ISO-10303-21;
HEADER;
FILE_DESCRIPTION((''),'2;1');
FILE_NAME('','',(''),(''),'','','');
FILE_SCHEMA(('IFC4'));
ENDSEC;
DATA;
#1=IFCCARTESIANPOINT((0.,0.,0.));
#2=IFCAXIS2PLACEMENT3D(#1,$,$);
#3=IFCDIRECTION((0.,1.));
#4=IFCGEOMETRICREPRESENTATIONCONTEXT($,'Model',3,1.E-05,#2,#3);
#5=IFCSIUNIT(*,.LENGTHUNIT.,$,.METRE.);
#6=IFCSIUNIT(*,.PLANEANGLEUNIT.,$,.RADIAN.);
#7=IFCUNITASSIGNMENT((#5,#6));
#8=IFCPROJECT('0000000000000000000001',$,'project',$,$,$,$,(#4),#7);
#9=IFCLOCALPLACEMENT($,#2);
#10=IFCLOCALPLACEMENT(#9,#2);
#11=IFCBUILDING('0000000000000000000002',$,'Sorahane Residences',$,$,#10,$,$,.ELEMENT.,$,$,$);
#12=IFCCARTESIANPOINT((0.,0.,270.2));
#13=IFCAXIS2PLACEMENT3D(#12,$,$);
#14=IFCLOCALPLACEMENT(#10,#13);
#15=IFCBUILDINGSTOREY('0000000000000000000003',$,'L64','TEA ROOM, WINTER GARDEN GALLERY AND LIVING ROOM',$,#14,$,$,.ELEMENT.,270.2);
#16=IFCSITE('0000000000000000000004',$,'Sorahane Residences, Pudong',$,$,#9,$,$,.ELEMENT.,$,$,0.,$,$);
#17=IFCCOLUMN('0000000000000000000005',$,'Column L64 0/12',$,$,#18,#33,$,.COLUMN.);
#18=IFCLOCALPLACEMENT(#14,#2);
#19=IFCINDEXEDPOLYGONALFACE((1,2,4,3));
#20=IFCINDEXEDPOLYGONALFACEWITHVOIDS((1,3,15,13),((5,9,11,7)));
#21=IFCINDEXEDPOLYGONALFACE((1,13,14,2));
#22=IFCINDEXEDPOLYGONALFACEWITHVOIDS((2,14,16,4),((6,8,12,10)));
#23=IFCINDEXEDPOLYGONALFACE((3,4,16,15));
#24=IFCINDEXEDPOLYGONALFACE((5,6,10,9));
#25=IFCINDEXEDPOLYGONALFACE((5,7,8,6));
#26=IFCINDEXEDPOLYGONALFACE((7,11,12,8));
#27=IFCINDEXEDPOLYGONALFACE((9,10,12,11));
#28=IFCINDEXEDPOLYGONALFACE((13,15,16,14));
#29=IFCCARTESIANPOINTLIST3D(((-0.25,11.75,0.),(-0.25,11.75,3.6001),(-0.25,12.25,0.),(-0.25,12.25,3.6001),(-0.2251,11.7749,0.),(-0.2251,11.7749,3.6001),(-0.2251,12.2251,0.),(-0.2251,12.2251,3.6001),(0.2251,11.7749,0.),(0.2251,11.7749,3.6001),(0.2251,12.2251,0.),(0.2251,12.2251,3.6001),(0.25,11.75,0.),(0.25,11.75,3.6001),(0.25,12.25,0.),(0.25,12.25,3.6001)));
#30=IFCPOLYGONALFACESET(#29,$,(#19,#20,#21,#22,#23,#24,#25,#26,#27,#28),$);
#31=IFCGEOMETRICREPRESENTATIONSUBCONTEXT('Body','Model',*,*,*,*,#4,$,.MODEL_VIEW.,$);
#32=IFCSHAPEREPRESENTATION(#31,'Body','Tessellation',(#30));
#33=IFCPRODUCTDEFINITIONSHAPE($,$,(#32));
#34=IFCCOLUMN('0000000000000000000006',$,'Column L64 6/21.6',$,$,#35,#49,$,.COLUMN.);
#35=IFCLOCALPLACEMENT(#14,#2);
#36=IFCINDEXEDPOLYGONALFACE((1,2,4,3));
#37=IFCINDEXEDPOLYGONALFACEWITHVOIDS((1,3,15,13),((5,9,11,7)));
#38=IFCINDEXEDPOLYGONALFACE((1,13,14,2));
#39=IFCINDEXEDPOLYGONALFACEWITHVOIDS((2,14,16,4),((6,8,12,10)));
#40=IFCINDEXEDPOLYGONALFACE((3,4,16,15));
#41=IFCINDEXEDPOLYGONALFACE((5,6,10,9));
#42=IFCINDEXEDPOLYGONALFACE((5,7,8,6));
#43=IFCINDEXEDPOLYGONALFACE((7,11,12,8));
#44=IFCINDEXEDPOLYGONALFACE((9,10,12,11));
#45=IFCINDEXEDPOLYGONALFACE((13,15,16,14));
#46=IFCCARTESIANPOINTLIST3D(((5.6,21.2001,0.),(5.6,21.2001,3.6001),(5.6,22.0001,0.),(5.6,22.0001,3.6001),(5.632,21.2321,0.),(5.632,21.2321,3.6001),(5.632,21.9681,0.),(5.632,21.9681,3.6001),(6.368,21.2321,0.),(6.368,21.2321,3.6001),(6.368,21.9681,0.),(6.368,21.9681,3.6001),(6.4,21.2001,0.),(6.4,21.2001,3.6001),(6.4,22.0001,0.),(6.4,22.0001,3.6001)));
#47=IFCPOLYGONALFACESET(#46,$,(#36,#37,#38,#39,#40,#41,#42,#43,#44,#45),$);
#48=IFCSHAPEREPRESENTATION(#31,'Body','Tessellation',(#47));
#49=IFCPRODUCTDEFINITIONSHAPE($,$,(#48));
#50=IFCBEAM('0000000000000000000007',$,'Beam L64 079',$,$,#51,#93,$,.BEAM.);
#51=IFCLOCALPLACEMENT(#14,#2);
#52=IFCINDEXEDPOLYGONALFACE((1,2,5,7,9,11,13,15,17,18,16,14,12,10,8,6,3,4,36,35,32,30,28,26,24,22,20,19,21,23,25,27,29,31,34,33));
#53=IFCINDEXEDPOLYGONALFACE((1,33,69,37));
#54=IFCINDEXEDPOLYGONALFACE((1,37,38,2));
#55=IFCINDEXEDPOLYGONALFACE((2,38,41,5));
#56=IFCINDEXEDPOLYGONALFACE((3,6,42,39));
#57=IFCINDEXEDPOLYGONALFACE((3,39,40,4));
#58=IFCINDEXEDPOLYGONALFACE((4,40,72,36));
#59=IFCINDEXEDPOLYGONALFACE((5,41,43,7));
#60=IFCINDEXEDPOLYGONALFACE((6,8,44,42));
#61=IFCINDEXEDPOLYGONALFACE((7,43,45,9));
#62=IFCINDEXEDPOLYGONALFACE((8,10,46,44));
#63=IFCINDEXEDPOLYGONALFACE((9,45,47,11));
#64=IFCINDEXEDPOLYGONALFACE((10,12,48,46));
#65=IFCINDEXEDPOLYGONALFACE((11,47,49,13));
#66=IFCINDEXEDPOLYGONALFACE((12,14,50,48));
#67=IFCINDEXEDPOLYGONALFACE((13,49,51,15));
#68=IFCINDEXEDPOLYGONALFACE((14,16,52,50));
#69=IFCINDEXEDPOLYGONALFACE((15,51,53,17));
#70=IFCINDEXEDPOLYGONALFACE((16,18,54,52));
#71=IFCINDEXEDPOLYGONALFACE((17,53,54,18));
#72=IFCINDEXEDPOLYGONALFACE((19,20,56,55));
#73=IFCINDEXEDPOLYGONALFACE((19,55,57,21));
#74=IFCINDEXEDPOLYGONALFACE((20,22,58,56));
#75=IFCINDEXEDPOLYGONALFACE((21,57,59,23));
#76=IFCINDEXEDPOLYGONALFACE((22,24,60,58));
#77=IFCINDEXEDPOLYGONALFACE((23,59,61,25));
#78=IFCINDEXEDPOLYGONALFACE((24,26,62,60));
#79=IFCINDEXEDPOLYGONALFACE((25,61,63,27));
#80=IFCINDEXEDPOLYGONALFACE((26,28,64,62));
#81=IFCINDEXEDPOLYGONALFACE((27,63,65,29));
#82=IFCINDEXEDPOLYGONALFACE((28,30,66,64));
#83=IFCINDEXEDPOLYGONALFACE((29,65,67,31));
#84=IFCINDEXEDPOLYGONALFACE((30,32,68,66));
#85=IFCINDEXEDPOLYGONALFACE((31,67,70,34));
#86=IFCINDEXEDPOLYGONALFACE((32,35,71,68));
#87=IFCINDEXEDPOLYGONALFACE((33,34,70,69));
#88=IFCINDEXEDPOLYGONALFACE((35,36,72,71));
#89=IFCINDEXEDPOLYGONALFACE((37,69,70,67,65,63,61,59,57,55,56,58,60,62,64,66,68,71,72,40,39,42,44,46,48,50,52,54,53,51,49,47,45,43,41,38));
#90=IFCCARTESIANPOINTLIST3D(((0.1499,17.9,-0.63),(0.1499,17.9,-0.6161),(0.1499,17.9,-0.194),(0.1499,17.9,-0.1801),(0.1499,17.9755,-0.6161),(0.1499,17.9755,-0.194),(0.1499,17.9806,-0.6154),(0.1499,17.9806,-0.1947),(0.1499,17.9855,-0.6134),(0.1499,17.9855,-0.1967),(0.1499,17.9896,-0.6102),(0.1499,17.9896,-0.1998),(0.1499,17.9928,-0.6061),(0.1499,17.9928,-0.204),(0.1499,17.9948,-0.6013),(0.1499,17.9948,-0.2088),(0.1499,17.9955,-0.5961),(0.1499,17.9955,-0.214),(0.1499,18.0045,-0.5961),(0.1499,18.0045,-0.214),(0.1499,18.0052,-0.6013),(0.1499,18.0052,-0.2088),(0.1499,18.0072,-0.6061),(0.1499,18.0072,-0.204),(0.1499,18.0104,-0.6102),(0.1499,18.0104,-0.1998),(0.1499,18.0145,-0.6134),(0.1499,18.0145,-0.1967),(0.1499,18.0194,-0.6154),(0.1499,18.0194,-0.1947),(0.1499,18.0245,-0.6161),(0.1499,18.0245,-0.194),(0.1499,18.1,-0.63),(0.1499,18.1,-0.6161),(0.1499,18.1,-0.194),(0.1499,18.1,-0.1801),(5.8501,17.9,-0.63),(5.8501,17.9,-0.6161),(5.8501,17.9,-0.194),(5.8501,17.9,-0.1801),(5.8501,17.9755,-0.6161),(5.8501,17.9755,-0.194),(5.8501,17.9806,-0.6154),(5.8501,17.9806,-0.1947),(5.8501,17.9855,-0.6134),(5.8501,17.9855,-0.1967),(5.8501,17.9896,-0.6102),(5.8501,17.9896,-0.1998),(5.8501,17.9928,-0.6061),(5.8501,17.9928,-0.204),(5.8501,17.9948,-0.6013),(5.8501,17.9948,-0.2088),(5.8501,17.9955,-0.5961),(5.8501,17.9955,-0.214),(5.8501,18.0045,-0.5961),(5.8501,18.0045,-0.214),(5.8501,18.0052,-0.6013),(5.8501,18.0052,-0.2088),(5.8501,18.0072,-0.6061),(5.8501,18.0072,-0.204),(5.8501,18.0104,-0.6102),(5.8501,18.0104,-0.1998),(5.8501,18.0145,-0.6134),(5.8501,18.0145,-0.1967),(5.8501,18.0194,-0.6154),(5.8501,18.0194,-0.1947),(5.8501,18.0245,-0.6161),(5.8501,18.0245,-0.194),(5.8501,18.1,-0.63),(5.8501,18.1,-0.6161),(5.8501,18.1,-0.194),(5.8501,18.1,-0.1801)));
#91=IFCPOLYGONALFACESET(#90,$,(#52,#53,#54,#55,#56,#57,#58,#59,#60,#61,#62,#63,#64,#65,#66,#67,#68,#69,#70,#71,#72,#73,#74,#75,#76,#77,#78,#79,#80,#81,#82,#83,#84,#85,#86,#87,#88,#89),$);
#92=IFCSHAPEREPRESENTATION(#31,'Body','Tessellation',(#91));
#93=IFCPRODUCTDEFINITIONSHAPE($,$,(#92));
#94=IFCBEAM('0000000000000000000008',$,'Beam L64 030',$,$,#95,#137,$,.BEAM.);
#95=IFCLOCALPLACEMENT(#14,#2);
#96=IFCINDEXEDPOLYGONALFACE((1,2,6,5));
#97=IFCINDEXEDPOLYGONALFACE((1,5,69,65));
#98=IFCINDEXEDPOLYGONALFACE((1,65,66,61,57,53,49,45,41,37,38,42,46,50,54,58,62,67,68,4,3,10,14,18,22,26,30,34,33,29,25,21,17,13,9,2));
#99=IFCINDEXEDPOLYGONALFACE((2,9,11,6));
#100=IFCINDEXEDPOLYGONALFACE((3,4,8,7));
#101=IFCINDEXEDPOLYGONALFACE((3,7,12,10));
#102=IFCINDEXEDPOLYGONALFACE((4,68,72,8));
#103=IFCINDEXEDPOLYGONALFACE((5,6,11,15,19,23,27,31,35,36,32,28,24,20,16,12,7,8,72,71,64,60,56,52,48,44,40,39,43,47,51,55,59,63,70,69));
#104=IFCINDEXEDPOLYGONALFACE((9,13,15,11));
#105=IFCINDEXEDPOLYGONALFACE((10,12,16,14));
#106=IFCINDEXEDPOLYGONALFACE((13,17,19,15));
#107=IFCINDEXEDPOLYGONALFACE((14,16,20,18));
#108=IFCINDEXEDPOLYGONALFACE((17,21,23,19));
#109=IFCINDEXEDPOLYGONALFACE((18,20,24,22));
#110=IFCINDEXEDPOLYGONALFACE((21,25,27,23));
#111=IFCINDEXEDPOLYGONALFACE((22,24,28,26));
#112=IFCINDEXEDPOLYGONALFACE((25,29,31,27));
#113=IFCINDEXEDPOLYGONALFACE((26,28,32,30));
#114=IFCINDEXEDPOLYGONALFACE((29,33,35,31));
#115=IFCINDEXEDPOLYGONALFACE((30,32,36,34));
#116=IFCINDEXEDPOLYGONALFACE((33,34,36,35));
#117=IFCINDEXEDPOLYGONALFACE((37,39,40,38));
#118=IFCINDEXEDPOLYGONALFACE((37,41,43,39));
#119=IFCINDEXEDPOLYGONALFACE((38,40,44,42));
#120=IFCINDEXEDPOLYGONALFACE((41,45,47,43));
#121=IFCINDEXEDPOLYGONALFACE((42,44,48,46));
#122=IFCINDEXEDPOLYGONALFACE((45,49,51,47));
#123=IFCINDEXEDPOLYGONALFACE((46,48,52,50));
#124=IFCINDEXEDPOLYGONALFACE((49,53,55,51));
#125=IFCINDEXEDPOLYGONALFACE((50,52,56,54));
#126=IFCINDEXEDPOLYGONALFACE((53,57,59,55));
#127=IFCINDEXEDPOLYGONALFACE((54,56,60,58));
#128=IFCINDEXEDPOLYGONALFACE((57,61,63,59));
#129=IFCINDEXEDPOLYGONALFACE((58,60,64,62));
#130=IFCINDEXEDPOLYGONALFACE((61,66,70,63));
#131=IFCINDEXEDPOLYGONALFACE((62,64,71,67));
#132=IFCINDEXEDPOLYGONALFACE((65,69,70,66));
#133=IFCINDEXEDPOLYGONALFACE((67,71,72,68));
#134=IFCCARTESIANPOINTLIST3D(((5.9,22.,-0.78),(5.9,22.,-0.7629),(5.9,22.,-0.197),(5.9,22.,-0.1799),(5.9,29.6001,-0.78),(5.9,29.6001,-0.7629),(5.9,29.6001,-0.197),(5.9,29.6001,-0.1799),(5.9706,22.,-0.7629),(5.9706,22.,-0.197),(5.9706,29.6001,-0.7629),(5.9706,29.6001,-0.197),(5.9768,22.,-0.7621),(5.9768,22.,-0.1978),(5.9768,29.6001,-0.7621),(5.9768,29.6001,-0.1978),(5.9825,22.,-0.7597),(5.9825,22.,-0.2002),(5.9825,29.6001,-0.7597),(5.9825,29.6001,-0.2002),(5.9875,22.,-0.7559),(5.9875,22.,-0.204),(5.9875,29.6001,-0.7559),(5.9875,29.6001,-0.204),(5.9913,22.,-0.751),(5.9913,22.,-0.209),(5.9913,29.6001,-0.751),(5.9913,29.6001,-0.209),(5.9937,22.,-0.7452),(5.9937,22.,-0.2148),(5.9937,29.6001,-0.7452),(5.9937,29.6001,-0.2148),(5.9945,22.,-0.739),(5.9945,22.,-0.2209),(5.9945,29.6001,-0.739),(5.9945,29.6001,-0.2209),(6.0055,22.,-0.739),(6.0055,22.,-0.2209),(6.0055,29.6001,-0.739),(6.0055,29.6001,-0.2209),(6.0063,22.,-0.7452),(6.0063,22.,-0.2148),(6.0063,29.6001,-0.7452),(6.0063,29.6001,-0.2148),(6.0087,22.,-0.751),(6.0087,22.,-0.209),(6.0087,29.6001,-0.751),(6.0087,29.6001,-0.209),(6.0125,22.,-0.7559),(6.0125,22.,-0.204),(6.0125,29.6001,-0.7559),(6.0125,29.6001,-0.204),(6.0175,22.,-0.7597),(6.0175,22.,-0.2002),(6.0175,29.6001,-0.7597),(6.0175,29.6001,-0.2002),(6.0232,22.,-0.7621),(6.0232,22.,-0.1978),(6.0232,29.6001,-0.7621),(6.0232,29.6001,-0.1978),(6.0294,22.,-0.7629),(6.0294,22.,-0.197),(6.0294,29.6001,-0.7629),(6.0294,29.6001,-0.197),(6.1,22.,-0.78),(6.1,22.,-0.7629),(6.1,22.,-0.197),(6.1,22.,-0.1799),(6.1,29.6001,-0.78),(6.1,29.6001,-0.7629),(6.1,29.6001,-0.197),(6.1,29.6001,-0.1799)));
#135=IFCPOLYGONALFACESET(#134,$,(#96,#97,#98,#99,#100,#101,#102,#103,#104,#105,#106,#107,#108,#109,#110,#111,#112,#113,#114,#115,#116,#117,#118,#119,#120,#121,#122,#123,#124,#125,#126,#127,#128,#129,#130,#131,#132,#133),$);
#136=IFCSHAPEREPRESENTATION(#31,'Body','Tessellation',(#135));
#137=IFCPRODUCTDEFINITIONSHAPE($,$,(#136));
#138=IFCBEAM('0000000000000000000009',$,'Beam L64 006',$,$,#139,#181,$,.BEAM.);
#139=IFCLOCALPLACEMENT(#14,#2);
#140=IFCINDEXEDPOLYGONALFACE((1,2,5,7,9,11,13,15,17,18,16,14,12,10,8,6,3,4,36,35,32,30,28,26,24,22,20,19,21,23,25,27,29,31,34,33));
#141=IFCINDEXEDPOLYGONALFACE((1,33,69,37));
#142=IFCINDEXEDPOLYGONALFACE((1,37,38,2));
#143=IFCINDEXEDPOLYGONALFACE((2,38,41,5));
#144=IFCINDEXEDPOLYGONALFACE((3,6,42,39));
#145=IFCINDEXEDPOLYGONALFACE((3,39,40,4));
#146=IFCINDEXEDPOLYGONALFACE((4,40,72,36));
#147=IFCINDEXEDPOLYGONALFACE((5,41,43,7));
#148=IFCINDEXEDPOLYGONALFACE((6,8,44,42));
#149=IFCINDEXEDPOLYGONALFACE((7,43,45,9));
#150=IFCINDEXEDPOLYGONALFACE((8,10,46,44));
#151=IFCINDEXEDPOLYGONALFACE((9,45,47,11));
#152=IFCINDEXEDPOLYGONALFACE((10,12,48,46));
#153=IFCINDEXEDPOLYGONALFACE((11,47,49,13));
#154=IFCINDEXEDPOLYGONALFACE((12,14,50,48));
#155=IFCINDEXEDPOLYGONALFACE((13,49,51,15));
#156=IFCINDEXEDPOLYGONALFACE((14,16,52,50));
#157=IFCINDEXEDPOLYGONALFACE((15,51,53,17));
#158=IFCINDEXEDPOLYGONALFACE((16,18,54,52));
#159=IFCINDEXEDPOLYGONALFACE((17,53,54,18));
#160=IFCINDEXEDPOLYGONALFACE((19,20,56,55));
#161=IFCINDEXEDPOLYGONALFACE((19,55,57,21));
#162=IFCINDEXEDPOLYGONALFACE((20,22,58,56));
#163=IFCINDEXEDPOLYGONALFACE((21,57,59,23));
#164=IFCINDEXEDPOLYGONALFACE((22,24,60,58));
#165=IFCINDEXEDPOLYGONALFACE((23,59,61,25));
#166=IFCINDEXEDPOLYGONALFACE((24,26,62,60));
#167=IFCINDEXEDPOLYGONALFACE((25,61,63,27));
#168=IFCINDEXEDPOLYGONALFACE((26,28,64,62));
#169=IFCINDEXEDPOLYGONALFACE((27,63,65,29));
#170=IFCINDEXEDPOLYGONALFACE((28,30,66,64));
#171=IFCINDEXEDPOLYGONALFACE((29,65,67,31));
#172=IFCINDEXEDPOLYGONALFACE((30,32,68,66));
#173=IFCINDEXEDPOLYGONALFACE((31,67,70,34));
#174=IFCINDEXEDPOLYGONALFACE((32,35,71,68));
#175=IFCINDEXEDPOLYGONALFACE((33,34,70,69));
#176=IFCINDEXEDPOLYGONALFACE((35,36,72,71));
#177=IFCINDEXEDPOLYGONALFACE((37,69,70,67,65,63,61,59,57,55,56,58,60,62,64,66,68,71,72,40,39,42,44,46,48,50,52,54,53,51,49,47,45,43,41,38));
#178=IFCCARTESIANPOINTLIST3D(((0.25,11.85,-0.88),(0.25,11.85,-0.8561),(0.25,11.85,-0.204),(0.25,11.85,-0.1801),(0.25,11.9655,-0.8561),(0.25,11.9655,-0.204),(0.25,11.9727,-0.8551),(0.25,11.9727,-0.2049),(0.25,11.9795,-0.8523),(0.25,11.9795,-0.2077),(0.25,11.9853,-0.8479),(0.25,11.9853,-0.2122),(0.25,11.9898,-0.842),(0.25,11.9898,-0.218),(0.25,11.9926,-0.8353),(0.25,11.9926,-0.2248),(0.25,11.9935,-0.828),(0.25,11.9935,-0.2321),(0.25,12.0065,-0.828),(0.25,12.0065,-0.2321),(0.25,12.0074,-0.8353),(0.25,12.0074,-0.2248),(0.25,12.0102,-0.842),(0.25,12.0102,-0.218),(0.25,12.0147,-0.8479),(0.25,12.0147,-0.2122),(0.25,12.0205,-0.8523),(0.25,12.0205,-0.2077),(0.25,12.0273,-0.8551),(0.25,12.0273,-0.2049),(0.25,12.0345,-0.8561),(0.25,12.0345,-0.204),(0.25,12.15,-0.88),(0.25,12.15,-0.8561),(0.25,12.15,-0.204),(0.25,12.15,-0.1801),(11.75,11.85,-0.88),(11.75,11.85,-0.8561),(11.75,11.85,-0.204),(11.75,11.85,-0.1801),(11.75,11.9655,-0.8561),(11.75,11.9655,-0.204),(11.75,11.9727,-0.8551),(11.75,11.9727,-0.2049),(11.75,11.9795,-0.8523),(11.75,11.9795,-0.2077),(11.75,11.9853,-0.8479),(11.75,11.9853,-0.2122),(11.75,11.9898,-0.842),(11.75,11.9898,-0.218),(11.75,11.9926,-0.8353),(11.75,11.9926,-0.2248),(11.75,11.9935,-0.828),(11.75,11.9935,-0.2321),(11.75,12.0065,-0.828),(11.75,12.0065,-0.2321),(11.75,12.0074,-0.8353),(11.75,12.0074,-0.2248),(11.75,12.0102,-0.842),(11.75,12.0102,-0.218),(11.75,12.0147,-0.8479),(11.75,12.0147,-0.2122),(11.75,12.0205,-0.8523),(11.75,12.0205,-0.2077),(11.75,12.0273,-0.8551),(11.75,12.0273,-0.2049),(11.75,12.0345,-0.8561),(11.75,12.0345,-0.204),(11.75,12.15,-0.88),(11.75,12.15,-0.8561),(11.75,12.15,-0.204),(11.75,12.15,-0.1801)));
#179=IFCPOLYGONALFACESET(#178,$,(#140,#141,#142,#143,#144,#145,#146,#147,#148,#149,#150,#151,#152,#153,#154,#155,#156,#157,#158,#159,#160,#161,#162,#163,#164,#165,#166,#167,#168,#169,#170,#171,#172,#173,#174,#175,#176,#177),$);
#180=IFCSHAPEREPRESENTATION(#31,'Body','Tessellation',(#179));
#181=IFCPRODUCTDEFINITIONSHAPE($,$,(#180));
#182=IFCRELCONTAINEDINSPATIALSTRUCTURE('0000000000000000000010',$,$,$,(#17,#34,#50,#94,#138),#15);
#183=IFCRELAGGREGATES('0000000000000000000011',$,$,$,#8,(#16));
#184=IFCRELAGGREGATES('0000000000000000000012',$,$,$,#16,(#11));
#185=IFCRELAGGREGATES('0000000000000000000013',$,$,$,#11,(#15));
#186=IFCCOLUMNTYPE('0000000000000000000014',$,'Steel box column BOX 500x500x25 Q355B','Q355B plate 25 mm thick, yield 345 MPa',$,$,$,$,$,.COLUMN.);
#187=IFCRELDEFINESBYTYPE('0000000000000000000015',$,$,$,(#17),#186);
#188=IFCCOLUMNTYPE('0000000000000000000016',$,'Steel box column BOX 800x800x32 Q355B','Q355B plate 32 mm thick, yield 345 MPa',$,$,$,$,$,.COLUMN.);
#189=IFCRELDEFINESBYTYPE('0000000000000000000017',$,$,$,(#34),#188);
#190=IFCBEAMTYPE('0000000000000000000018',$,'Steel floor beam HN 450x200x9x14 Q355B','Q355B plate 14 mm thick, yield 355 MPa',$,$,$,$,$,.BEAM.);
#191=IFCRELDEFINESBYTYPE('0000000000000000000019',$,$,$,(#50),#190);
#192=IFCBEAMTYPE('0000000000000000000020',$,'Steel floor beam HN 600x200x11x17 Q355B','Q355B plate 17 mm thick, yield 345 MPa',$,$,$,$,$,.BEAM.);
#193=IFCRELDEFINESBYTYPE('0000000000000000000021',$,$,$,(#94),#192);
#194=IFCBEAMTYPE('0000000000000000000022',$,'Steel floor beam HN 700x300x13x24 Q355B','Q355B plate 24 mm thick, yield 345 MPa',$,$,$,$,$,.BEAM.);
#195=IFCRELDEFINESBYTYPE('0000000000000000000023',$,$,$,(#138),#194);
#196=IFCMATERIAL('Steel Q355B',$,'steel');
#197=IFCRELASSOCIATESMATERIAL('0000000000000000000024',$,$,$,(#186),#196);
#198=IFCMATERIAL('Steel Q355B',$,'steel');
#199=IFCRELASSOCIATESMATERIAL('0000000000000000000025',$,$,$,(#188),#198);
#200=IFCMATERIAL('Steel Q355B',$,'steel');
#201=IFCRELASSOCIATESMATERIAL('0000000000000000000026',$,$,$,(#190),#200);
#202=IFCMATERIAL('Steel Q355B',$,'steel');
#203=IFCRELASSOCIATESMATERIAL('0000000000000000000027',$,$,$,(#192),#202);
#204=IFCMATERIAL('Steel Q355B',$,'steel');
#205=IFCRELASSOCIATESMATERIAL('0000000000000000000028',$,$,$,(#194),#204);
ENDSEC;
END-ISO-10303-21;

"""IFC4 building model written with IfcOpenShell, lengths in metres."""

from ifc_helpers import new_model, si_unit, direction, frame, origin, origin_2d, place, context, subcontext, project, spatial, hollow_rectangle, i_section, extrude, material, material_profile, profile_set, type_object, element, save


model = new_model("IFC4")

# Units and contexts
model_context = context("Model", 3, precision=1e-05, world=origin(), true_north=direction((0.0, 1.0)))
body_context = subcontext(model_context, "Body", "Model", "MODEL_VIEW")
ifc_project = project(units=[si_unit("LENGTHUNIT", "METRE"), si_unit("PLANEANGLEUNIT", "RADIAN")], contexts=[model_context])

# Site, building, storey
site_placement = place(None, origin())
site = spatial("IfcSite", under=ifc_project, at=site_placement, Name="Sorahane Residences, Pudong", CompositionType="ELEMENT", RefElevation=0.0)
building_placement = place(site_placement, origin())
building = spatial("IfcBuilding", under=site, at=building_placement, Name="Sorahane Residences", CompositionType="ELEMENT")
storey_placement = place(building_placement, frame((0.0, 0.0, 270.2)))
storey = spatial("IfcBuildingStorey", under=building, at=storey_placement, Name="L64", Description="TEA ROOM, WINTER GARDEN GALLERY AND LIVING ROOM", CompositionType="ELEMENT", Elevation=270.2)

# Columns
ifc_material_1 = material(Name="Steel Q355B", Category="steel")
ifc_material_profile_1 = material_profile(ifc_material_1, hollow_rectangle(XDim=0.5, YDim=0.5, WallThickness=0.0249, at=origin_2d()), Name="BOX 500x500x25")
ifc_profile_set_1 = profile_set([ifc_material_profile_1], Name="Steel Q355B")
column_type_1 = type_object("IfcColumnType", Name="Steel box column BOX 500x500x25 Q355B", Description="Q355B plate 25 mm thick, yield 345 MPa", PredefinedType="COLUMN", material=ifc_profile_set_1)
column_1_placement = place(storey_placement, frame((0.0, 12.0, 0.0), z_axis=(0.0, 0.0, 1.0), x_axis=(1.0, 0.0, 0.0)))
element("IfcColumn", 1, at=column_1_placement, inside=storey, type_object=column_type_1, Name="Column L64 0/12", PredefinedType="COLUMN", context=body_context, shape_type="SweptSolid", body=[
    extrude(hollow_rectangle(XDim=0.5, YDim=0.5, WallThickness=0.0249, at=origin_2d()), origin(), (0.0, 0.0, 1.0), 3.6001),
])
ifc_material_2 = material(Name="Steel Q355B", Category="steel")
ifc_material_profile_2 = material_profile(ifc_material_2, hollow_rectangle(XDim=0.8, YDim=0.8, WallThickness=0.032, at=origin_2d()), Name="BOX 800x800x32")
ifc_profile_set_2 = profile_set([ifc_material_profile_2], Name="Steel Q355B")
column_type_2 = type_object("IfcColumnType", Name="Steel box column BOX 800x800x32 Q355B", Description="Q355B plate 32 mm thick, yield 345 MPa", PredefinedType="COLUMN", material=ifc_profile_set_2)
column_2_placement = place(storey_placement, frame((6.0, 21.6001, 0.0), z_axis=(0.0, 0.0, 1.0), x_axis=(1.0, 0.0, 0.0)))
element("IfcColumn", 2, at=column_2_placement, inside=storey, type_object=column_type_2, Name="Column L64 6/21.6", PredefinedType="COLUMN", context=body_context, shape_type="SweptSolid", body=[
    extrude(hollow_rectangle(XDim=0.8, YDim=0.8, WallThickness=0.032, at=origin_2d()), origin(), (0.0, 0.0, 1.0), 3.6001),
])

# Beams
ifc_material_3 = material(Name="Steel Q355B", Category="steel")
ifc_material_profile_3 = material_profile(ifc_material_3, i_section(OverallWidth=0.2, OverallDepth=0.45, WebThickness=0.009, FlangeThickness=0.0139, FilletRadius=0.02, at=origin_2d()), Name="HN 450x200x9x14")
ifc_profile_set_3 = profile_set([ifc_material_profile_3], Name="Steel Q355B")
beam_type_1 = type_object("IfcBeamType", Name="Steel floor beam HN 450x200x9x14 Q355B", Description="Q355B plate 14 mm thick, yield 355 MPa", PredefinedType="BEAM", material=ifc_profile_set_3)
beam_1_placement = place(storey_placement, frame((0.1499, 18.0, -0.405), z_axis=(1.0, 0.0, 0.0), x_axis=(0.0, 1.0, 0.0)))
element("IfcBeam", 3, at=beam_1_placement, inside=storey, type_object=beam_type_1, Name="Beam L64 079", PredefinedType="BEAM", context=body_context, shape_type="SweptSolid", body=[
    extrude(i_section(OverallWidth=0.2, OverallDepth=0.45, WebThickness=0.009, FlangeThickness=0.0139, FilletRadius=0.02, at=origin_2d()), origin(), (0.0, 0.0, 1.0), 5.7002),
])
ifc_material_4 = material(Name="Steel Q355B", Category="steel")
ifc_material_profile_4 = material_profile(ifc_material_4, i_section(OverallWidth=0.2, OverallDepth=0.6001, WebThickness=0.011, FlangeThickness=0.0171, FilletRadius=0.0239, at=origin_2d()), Name="HN 600x200x11x17")
ifc_profile_set_4 = profile_set([ifc_material_profile_4], Name="Steel Q355B")
beam_type_2 = type_object("IfcBeamType", Name="Steel floor beam HN 600x200x11x17 Q355B", Description="Q355B plate 17 mm thick, yield 345 MPa", PredefinedType="BEAM", material=ifc_profile_set_4)
beam_2_placement = place(storey_placement, frame((6.0, 22.0, -0.48), z_axis=(0.0, 1.0, 0.0), x_axis=(-1.0, 0.0, 0.0)))
element("IfcBeam", 4, at=beam_2_placement, inside=storey, type_object=beam_type_2, Name="Beam L64 030", PredefinedType="BEAM", context=body_context, shape_type="SweptSolid", body=[
    extrude(i_section(OverallWidth=0.2, OverallDepth=0.6001, WebThickness=0.011, FlangeThickness=0.0171, FilletRadius=0.0239, at=origin_2d()), origin(), (0.0, 0.0, 1.0), 7.6001),
])
ifc_material_5 = material(Name="Steel Q355B", Category="steel")
ifc_material_profile_5 = material_profile(ifc_material_5, i_section(OverallWidth=0.3, OverallDepth=0.7, WebThickness=0.0129, FlangeThickness=0.0239, FilletRadius=0.0281, at=origin_2d()), Name="HN 700x300x13x24")
ifc_profile_set_5 = profile_set([ifc_material_profile_5], Name="Steel Q355B")
beam_type_3 = type_object("IfcBeamType", Name="Steel floor beam HN 700x300x13x24 Q355B", Description="Q355B plate 24 mm thick, yield 345 MPa", PredefinedType="BEAM", material=ifc_profile_set_5)
for number, where, z_axis, x_axis, name in (
    (5, (0.25, 12.0, -0.53), (1.0, 0.0, 0.0), (0.0, 1.0, 0.0), "Beam L64 006"),
):
    element("IfcBeam", number, at=place(storey_placement, frame(where, z_axis=z_axis, x_axis=x_axis)), inside=storey, type_object=beam_type_3, Name=name, PredefinedType="BEAM", context=body_context, shape_type="SweptSolid", body=[
        extrude(i_section(OverallWidth=0.3, OverallDepth=0.7, WebThickness=0.0129, FlangeThickness=0.0239, FilletRadius=0.0281, at=origin_2d()), origin(), (0.0, 0.0, 1.0), 11.5),
    ])

save(model, "model.ifc")
